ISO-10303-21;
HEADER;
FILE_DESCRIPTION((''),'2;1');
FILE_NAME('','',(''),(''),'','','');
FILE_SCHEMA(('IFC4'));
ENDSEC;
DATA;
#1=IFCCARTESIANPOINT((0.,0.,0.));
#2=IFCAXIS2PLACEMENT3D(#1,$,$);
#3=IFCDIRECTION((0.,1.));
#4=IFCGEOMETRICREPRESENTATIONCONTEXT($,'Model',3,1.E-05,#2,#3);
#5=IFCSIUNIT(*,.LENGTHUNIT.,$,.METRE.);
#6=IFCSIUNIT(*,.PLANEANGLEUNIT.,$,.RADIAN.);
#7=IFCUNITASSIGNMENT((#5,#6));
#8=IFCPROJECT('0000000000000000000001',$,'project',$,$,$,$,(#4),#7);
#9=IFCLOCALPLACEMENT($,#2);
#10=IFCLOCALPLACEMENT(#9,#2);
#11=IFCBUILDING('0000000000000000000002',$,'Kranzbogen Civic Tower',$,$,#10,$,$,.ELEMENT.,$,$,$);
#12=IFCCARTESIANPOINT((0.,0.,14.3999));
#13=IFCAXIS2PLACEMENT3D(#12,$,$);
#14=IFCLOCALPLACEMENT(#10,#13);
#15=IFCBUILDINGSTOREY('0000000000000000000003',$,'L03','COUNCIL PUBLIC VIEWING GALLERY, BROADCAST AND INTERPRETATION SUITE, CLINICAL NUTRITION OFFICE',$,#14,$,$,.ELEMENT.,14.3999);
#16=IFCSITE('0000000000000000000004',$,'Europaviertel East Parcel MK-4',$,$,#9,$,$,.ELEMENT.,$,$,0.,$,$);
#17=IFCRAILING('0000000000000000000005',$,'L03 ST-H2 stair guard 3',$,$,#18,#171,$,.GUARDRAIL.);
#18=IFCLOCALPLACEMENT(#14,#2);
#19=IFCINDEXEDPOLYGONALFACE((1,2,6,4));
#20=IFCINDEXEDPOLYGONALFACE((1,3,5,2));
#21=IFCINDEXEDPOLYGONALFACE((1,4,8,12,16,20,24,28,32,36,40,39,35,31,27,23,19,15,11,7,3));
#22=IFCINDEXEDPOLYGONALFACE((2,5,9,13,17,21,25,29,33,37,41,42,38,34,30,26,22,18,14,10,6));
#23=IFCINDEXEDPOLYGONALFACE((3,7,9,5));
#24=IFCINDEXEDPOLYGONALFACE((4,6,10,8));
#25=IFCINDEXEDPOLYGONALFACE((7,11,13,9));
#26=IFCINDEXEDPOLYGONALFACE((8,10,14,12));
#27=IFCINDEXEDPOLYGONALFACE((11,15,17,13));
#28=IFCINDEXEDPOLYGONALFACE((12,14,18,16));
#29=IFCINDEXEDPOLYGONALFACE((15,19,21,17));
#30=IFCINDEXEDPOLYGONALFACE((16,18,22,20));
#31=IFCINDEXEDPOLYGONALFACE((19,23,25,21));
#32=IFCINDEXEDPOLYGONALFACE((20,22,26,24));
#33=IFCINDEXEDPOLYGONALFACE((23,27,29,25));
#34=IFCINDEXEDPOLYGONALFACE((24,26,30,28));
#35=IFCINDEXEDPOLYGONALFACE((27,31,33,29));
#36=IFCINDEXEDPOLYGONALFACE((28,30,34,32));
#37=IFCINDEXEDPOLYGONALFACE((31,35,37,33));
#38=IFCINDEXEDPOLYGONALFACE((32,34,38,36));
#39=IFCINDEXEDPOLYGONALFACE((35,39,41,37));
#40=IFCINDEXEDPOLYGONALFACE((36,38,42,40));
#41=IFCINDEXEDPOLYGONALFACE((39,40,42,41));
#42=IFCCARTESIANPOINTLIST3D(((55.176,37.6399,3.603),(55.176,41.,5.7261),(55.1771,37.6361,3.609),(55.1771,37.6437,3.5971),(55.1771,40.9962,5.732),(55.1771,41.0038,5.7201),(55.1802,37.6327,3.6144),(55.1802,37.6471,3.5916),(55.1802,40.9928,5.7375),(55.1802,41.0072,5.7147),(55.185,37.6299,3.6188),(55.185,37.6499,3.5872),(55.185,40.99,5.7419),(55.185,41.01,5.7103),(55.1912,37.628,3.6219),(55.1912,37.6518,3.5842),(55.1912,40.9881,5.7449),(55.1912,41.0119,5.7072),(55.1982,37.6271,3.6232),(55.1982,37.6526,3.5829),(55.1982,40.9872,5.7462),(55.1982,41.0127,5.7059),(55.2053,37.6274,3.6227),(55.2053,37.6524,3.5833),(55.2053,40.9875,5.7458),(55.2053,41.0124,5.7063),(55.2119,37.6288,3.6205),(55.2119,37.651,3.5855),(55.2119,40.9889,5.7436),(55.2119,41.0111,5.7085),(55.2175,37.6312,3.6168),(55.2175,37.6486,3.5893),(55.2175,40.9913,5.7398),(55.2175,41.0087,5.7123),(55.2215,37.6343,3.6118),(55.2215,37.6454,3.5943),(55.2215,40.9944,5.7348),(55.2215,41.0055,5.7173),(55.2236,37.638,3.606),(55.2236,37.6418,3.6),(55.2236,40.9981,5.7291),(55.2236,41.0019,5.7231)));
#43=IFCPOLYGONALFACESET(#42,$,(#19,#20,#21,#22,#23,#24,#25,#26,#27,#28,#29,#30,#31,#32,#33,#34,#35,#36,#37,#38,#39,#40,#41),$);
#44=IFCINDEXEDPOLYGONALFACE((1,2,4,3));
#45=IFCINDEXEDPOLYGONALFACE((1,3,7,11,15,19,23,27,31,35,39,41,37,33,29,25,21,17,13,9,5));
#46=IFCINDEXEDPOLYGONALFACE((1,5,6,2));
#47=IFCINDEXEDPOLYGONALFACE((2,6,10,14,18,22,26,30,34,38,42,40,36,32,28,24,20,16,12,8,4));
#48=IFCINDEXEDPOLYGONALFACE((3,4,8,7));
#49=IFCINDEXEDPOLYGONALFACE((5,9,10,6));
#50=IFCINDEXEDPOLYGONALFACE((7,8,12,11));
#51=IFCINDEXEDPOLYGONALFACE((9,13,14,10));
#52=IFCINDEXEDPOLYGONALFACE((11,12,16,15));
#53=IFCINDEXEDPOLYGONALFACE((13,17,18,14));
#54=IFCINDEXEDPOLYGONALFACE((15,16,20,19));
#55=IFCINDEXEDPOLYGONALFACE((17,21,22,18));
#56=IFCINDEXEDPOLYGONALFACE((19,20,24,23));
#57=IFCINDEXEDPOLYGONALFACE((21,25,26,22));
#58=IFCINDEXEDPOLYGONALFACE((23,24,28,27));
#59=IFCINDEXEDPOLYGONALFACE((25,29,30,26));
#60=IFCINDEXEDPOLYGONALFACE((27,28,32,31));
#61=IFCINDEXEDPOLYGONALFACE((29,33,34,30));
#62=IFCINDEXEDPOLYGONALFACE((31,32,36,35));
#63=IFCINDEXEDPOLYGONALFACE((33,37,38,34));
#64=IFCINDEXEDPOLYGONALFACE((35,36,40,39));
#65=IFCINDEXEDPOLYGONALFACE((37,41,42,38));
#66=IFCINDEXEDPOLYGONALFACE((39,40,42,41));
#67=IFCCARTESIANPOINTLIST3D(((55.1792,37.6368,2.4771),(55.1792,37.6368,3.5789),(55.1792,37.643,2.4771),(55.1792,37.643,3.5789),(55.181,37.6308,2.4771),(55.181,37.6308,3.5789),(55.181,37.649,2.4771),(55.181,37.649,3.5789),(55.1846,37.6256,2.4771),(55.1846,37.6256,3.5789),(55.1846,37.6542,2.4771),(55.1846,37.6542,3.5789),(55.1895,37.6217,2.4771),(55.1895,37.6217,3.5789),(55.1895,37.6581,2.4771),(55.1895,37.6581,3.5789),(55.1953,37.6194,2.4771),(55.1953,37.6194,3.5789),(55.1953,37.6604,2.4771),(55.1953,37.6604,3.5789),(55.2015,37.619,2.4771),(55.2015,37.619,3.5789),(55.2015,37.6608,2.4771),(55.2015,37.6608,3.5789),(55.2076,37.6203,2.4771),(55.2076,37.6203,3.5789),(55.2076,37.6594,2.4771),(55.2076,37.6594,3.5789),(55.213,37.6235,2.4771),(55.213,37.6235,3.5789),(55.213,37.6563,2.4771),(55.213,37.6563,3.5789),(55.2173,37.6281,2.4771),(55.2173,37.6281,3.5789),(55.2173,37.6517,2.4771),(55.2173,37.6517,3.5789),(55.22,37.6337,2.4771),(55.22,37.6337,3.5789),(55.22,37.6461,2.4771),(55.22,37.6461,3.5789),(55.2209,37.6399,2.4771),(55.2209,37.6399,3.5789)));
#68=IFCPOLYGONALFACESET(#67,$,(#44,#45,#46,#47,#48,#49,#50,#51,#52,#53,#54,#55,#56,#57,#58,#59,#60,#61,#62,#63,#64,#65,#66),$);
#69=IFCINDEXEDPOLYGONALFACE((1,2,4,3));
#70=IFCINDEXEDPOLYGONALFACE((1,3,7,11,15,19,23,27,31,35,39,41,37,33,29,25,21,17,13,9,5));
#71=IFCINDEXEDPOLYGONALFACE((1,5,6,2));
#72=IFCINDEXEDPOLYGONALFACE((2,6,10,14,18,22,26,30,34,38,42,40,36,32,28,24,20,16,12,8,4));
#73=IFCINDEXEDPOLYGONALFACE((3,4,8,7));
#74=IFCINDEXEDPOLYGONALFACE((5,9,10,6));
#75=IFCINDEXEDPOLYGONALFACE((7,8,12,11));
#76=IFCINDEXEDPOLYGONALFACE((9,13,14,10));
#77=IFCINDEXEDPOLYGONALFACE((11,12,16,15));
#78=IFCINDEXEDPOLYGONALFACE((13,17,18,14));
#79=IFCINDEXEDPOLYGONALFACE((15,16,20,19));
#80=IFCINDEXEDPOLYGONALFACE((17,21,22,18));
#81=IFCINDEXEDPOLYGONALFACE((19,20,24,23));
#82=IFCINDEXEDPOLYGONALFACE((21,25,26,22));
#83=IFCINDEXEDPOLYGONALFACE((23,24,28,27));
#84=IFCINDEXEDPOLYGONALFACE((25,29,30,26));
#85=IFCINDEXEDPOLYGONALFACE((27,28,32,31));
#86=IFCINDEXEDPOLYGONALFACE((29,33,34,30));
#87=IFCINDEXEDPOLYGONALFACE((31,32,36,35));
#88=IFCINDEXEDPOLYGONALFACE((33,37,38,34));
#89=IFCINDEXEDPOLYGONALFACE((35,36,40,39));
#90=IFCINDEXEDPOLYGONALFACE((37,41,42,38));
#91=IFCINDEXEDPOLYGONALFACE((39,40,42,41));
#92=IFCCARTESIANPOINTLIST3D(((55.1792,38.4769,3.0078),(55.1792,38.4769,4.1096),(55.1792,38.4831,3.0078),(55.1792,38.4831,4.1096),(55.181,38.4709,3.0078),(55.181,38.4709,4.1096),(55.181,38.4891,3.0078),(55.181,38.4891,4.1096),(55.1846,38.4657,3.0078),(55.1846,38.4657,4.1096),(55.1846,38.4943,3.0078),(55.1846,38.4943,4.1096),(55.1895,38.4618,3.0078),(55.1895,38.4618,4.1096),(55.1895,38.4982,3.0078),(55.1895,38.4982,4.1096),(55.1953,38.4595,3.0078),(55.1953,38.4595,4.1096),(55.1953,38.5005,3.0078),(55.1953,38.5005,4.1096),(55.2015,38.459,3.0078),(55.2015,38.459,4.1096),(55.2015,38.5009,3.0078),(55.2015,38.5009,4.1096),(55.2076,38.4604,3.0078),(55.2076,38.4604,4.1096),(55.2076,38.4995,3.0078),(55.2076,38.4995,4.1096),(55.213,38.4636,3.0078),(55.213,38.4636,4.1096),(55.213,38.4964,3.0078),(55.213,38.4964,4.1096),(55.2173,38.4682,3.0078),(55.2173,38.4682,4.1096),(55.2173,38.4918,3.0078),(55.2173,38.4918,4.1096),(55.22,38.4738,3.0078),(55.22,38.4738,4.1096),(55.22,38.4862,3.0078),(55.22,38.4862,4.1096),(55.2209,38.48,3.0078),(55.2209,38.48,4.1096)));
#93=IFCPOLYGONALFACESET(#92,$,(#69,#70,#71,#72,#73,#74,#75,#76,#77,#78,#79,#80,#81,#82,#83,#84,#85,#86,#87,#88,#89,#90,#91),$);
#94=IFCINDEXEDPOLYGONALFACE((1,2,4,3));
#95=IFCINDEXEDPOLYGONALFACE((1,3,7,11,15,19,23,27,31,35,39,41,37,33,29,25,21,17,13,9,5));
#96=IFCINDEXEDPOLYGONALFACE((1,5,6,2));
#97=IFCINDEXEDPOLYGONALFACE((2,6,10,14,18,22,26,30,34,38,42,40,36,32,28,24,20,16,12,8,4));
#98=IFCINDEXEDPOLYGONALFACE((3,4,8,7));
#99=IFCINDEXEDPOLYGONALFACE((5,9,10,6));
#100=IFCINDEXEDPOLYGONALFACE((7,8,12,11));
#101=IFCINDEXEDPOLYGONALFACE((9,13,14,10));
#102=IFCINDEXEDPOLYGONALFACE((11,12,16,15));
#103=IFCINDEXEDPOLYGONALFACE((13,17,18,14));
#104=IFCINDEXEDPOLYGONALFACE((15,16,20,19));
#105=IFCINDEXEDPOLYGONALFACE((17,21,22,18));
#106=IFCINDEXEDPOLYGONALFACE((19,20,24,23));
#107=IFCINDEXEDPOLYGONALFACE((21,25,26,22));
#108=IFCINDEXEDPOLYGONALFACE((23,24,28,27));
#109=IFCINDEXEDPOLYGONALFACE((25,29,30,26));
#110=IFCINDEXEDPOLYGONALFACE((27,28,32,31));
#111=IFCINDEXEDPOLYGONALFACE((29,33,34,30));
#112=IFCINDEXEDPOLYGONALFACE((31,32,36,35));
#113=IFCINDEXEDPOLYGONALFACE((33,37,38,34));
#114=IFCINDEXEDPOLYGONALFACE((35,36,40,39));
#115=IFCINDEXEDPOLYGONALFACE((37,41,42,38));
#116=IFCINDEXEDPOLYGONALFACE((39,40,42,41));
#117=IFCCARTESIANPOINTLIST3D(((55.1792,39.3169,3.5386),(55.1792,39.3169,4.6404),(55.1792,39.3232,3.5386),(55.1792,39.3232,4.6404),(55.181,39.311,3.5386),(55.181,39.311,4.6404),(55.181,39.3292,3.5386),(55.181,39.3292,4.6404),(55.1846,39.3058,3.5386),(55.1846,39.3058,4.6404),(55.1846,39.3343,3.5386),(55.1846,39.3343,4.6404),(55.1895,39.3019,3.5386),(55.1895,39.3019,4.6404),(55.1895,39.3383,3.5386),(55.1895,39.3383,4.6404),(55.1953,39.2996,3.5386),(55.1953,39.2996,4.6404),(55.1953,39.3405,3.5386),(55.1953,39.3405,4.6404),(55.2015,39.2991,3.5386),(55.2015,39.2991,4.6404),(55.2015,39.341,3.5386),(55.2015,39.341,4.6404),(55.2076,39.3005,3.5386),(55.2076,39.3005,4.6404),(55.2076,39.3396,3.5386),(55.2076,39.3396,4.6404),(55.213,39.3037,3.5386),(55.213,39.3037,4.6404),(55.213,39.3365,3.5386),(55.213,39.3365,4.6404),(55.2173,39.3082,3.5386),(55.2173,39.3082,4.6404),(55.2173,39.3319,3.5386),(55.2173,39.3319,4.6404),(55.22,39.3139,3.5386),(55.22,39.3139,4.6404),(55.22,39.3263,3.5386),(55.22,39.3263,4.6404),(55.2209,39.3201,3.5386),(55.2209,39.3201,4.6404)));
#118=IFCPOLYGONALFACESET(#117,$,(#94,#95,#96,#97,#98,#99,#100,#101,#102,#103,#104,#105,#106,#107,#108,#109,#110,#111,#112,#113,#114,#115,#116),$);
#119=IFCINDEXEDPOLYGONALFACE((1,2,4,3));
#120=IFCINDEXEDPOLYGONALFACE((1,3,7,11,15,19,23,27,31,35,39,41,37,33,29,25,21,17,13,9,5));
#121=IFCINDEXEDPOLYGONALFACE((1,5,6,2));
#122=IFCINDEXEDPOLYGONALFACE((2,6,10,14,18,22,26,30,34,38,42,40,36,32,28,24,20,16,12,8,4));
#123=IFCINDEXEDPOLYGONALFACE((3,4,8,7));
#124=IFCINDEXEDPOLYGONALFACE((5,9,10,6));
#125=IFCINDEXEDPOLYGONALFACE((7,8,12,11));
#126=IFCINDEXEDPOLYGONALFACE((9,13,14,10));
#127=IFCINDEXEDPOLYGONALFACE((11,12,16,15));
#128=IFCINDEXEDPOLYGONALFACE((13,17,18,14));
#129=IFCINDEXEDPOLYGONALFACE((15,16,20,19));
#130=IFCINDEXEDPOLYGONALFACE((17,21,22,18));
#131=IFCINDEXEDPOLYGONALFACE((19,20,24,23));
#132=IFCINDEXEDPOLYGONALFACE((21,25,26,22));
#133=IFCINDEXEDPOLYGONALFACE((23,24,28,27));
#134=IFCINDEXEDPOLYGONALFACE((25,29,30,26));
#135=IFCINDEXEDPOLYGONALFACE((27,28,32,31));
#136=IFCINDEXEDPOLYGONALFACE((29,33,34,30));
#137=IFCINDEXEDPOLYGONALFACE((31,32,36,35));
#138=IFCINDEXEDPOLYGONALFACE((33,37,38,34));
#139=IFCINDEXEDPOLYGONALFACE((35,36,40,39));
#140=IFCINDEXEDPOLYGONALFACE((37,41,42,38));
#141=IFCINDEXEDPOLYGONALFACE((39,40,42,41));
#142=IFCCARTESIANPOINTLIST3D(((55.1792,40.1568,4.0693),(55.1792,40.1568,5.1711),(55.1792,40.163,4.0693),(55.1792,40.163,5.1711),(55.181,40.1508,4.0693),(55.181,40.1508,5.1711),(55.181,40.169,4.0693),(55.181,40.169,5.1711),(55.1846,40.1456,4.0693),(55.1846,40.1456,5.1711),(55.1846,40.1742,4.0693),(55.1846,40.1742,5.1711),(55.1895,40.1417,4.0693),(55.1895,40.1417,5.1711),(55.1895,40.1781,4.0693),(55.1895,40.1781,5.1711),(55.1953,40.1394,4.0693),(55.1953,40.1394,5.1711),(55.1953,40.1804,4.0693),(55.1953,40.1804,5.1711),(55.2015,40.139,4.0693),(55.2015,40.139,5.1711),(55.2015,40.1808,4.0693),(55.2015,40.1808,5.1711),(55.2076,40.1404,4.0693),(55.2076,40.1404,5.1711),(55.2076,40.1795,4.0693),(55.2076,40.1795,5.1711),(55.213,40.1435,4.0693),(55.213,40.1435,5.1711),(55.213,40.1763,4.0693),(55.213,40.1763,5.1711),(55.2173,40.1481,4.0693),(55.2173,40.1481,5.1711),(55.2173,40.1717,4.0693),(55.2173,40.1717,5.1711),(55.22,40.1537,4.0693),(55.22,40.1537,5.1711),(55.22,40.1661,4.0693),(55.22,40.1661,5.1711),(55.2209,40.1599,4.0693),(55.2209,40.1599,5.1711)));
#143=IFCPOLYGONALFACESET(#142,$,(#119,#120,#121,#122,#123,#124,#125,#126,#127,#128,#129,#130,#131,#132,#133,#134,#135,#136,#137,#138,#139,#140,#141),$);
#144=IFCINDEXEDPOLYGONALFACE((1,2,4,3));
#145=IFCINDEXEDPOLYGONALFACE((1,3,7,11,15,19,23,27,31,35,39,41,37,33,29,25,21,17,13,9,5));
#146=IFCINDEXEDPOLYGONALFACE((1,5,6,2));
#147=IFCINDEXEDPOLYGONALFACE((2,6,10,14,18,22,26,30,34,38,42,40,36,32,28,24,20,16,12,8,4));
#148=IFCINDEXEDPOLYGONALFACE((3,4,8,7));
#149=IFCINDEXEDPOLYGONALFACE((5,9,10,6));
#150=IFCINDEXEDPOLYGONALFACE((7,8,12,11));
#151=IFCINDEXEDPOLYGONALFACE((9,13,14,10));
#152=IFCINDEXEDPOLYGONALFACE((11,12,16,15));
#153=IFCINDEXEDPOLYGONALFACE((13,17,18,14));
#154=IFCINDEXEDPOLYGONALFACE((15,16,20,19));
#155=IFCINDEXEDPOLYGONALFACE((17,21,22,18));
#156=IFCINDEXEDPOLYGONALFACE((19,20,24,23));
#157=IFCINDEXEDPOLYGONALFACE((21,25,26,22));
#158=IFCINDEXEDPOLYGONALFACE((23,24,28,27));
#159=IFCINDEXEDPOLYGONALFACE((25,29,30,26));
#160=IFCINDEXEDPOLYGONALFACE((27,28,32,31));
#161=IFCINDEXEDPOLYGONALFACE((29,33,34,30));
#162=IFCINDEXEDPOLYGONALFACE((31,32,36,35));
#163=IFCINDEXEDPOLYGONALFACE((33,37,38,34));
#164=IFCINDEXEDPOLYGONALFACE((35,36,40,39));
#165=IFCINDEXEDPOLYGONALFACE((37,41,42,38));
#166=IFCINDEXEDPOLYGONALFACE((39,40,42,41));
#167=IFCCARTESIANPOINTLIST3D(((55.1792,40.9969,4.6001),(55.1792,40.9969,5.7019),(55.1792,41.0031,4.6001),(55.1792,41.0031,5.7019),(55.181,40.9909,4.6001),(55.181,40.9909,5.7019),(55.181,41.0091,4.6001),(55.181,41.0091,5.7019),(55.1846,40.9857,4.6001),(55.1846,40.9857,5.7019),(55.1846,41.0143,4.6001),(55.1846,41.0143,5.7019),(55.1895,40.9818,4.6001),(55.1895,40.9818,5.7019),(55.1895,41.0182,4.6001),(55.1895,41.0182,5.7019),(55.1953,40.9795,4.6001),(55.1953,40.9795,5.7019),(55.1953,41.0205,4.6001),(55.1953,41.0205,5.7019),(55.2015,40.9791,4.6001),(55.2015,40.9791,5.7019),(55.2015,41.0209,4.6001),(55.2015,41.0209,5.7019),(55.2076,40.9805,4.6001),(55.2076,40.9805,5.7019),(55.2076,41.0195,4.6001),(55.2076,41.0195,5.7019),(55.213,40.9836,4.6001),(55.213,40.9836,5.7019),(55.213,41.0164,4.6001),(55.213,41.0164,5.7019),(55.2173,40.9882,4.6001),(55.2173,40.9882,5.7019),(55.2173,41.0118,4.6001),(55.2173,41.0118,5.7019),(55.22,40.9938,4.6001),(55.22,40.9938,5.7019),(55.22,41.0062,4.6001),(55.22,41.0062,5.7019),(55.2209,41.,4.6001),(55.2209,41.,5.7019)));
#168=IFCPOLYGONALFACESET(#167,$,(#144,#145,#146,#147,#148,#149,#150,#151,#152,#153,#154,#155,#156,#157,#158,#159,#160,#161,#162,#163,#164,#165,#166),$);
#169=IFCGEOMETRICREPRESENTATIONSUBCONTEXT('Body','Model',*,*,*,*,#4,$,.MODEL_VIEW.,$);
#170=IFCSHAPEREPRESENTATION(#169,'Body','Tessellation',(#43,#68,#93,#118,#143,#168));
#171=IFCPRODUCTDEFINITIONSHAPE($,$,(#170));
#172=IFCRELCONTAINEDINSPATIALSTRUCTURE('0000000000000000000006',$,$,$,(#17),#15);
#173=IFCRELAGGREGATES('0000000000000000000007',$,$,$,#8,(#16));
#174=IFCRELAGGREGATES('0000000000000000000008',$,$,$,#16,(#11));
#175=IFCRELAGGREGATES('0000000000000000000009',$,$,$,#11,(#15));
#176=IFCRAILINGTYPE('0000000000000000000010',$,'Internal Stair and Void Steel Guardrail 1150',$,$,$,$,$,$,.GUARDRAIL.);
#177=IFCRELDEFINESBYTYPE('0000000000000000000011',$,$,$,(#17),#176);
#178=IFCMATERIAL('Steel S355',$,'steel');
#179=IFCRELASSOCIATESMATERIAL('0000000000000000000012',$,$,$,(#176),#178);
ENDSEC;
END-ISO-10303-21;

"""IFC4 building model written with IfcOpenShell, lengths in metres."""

from ifc_helpers import new_model, si_unit, direction, frame, origin, origin_2d, place, context, subcontext, project, spatial, circle, extrude, material, type_object, element, save


model = new_model("IFC4")

# Units and contexts
model_context = context("Model", 3, precision=1e-05, world=origin(), true_north=direction((0.0, 1.0)))
body_context = subcontext(model_context, "Body", "Model", "MODEL_VIEW")
ifc_project = project(units=[si_unit("LENGTHUNIT", "METRE"), si_unit("PLANEANGLEUNIT", "RADIAN")], contexts=[model_context])

# Site, building, storey
site_placement = place(None, origin())
site = spatial("IfcSite", under=ifc_project, at=site_placement, Name="Europaviertel East Parcel MK-4", CompositionType="ELEMENT", RefElevation=0.0)
building_placement = place(site_placement, origin())
building = spatial("IfcBuilding", under=site, at=building_placement, Name="Kranzbogen Civic Tower", CompositionType="ELEMENT")
storey_placement = place(building_placement, frame((0.0, 0.0, 14.3999)))
storey = spatial("IfcBuildingStorey", under=building, at=storey_placement, Name="L03", Description="COUNCIL PUBLIC VIEWING GALLERY, BROADCAST AND INTERPRETATION SUITE, CLINICAL NUTRITION OFFICE", CompositionType="ELEMENT", Elevation=14.3999)

# Shared definitions
ifc_material_1 = material(Name="Steel S355", Category="steel")

# Railing
railing_type_1 = type_object("IfcRailingType", Name="Internal Stair and Void Steel Guardrail 1150", PredefinedType="GUARDRAIL", material=ifc_material_1)
railing_1_placement = place(storey_placement, frame((55.2, 37.6399, 2.4771)))
element("IfcRailing", 1, at=railing_1_placement, inside=storey, type_object=railing_type_1, Name="L03 ST-H2 stair guard 3", PredefinedType="GUARDRAIL", context=body_context, shape_type="SweptSolid", body=[
    extrude(circle(Radius=0.0239, at=origin_2d()), frame((0.0, 0.0, 1.126), z_axis=(0.0, 0.84539, 0.53415), x_axis=(-1.0, 0.0, 0.0)), (0.0, 0.0, 1.0), 3.9746),
    extrude(circle(Radius=0.021, at=origin_2d()), origin(), (0.0, 0.0, 1.0), 1.1018),
    extrude(circle(Radius=0.021, at=origin_2d()), frame((0.0, 0.8401, 0.5308)), (0.0, 0.0, 1.0), 1.1018),
    extrude(circle(Radius=0.021, at=origin_2d()), frame((0.0, 1.6802, 1.0615)), (0.0, 0.0, 1.0), 1.1018),
    extrude(circle(Radius=0.021, at=origin_2d()), frame((0.0, 2.52, 1.5923)), (0.0, 0.0, 1.0), 1.1018),
    extrude(circle(Radius=0.021, at=origin_2d()), frame((0.0, 3.3601, 2.123)), (0.0, 0.0, 1.0), 1.1018),
])

save(model, "model.ifc")
